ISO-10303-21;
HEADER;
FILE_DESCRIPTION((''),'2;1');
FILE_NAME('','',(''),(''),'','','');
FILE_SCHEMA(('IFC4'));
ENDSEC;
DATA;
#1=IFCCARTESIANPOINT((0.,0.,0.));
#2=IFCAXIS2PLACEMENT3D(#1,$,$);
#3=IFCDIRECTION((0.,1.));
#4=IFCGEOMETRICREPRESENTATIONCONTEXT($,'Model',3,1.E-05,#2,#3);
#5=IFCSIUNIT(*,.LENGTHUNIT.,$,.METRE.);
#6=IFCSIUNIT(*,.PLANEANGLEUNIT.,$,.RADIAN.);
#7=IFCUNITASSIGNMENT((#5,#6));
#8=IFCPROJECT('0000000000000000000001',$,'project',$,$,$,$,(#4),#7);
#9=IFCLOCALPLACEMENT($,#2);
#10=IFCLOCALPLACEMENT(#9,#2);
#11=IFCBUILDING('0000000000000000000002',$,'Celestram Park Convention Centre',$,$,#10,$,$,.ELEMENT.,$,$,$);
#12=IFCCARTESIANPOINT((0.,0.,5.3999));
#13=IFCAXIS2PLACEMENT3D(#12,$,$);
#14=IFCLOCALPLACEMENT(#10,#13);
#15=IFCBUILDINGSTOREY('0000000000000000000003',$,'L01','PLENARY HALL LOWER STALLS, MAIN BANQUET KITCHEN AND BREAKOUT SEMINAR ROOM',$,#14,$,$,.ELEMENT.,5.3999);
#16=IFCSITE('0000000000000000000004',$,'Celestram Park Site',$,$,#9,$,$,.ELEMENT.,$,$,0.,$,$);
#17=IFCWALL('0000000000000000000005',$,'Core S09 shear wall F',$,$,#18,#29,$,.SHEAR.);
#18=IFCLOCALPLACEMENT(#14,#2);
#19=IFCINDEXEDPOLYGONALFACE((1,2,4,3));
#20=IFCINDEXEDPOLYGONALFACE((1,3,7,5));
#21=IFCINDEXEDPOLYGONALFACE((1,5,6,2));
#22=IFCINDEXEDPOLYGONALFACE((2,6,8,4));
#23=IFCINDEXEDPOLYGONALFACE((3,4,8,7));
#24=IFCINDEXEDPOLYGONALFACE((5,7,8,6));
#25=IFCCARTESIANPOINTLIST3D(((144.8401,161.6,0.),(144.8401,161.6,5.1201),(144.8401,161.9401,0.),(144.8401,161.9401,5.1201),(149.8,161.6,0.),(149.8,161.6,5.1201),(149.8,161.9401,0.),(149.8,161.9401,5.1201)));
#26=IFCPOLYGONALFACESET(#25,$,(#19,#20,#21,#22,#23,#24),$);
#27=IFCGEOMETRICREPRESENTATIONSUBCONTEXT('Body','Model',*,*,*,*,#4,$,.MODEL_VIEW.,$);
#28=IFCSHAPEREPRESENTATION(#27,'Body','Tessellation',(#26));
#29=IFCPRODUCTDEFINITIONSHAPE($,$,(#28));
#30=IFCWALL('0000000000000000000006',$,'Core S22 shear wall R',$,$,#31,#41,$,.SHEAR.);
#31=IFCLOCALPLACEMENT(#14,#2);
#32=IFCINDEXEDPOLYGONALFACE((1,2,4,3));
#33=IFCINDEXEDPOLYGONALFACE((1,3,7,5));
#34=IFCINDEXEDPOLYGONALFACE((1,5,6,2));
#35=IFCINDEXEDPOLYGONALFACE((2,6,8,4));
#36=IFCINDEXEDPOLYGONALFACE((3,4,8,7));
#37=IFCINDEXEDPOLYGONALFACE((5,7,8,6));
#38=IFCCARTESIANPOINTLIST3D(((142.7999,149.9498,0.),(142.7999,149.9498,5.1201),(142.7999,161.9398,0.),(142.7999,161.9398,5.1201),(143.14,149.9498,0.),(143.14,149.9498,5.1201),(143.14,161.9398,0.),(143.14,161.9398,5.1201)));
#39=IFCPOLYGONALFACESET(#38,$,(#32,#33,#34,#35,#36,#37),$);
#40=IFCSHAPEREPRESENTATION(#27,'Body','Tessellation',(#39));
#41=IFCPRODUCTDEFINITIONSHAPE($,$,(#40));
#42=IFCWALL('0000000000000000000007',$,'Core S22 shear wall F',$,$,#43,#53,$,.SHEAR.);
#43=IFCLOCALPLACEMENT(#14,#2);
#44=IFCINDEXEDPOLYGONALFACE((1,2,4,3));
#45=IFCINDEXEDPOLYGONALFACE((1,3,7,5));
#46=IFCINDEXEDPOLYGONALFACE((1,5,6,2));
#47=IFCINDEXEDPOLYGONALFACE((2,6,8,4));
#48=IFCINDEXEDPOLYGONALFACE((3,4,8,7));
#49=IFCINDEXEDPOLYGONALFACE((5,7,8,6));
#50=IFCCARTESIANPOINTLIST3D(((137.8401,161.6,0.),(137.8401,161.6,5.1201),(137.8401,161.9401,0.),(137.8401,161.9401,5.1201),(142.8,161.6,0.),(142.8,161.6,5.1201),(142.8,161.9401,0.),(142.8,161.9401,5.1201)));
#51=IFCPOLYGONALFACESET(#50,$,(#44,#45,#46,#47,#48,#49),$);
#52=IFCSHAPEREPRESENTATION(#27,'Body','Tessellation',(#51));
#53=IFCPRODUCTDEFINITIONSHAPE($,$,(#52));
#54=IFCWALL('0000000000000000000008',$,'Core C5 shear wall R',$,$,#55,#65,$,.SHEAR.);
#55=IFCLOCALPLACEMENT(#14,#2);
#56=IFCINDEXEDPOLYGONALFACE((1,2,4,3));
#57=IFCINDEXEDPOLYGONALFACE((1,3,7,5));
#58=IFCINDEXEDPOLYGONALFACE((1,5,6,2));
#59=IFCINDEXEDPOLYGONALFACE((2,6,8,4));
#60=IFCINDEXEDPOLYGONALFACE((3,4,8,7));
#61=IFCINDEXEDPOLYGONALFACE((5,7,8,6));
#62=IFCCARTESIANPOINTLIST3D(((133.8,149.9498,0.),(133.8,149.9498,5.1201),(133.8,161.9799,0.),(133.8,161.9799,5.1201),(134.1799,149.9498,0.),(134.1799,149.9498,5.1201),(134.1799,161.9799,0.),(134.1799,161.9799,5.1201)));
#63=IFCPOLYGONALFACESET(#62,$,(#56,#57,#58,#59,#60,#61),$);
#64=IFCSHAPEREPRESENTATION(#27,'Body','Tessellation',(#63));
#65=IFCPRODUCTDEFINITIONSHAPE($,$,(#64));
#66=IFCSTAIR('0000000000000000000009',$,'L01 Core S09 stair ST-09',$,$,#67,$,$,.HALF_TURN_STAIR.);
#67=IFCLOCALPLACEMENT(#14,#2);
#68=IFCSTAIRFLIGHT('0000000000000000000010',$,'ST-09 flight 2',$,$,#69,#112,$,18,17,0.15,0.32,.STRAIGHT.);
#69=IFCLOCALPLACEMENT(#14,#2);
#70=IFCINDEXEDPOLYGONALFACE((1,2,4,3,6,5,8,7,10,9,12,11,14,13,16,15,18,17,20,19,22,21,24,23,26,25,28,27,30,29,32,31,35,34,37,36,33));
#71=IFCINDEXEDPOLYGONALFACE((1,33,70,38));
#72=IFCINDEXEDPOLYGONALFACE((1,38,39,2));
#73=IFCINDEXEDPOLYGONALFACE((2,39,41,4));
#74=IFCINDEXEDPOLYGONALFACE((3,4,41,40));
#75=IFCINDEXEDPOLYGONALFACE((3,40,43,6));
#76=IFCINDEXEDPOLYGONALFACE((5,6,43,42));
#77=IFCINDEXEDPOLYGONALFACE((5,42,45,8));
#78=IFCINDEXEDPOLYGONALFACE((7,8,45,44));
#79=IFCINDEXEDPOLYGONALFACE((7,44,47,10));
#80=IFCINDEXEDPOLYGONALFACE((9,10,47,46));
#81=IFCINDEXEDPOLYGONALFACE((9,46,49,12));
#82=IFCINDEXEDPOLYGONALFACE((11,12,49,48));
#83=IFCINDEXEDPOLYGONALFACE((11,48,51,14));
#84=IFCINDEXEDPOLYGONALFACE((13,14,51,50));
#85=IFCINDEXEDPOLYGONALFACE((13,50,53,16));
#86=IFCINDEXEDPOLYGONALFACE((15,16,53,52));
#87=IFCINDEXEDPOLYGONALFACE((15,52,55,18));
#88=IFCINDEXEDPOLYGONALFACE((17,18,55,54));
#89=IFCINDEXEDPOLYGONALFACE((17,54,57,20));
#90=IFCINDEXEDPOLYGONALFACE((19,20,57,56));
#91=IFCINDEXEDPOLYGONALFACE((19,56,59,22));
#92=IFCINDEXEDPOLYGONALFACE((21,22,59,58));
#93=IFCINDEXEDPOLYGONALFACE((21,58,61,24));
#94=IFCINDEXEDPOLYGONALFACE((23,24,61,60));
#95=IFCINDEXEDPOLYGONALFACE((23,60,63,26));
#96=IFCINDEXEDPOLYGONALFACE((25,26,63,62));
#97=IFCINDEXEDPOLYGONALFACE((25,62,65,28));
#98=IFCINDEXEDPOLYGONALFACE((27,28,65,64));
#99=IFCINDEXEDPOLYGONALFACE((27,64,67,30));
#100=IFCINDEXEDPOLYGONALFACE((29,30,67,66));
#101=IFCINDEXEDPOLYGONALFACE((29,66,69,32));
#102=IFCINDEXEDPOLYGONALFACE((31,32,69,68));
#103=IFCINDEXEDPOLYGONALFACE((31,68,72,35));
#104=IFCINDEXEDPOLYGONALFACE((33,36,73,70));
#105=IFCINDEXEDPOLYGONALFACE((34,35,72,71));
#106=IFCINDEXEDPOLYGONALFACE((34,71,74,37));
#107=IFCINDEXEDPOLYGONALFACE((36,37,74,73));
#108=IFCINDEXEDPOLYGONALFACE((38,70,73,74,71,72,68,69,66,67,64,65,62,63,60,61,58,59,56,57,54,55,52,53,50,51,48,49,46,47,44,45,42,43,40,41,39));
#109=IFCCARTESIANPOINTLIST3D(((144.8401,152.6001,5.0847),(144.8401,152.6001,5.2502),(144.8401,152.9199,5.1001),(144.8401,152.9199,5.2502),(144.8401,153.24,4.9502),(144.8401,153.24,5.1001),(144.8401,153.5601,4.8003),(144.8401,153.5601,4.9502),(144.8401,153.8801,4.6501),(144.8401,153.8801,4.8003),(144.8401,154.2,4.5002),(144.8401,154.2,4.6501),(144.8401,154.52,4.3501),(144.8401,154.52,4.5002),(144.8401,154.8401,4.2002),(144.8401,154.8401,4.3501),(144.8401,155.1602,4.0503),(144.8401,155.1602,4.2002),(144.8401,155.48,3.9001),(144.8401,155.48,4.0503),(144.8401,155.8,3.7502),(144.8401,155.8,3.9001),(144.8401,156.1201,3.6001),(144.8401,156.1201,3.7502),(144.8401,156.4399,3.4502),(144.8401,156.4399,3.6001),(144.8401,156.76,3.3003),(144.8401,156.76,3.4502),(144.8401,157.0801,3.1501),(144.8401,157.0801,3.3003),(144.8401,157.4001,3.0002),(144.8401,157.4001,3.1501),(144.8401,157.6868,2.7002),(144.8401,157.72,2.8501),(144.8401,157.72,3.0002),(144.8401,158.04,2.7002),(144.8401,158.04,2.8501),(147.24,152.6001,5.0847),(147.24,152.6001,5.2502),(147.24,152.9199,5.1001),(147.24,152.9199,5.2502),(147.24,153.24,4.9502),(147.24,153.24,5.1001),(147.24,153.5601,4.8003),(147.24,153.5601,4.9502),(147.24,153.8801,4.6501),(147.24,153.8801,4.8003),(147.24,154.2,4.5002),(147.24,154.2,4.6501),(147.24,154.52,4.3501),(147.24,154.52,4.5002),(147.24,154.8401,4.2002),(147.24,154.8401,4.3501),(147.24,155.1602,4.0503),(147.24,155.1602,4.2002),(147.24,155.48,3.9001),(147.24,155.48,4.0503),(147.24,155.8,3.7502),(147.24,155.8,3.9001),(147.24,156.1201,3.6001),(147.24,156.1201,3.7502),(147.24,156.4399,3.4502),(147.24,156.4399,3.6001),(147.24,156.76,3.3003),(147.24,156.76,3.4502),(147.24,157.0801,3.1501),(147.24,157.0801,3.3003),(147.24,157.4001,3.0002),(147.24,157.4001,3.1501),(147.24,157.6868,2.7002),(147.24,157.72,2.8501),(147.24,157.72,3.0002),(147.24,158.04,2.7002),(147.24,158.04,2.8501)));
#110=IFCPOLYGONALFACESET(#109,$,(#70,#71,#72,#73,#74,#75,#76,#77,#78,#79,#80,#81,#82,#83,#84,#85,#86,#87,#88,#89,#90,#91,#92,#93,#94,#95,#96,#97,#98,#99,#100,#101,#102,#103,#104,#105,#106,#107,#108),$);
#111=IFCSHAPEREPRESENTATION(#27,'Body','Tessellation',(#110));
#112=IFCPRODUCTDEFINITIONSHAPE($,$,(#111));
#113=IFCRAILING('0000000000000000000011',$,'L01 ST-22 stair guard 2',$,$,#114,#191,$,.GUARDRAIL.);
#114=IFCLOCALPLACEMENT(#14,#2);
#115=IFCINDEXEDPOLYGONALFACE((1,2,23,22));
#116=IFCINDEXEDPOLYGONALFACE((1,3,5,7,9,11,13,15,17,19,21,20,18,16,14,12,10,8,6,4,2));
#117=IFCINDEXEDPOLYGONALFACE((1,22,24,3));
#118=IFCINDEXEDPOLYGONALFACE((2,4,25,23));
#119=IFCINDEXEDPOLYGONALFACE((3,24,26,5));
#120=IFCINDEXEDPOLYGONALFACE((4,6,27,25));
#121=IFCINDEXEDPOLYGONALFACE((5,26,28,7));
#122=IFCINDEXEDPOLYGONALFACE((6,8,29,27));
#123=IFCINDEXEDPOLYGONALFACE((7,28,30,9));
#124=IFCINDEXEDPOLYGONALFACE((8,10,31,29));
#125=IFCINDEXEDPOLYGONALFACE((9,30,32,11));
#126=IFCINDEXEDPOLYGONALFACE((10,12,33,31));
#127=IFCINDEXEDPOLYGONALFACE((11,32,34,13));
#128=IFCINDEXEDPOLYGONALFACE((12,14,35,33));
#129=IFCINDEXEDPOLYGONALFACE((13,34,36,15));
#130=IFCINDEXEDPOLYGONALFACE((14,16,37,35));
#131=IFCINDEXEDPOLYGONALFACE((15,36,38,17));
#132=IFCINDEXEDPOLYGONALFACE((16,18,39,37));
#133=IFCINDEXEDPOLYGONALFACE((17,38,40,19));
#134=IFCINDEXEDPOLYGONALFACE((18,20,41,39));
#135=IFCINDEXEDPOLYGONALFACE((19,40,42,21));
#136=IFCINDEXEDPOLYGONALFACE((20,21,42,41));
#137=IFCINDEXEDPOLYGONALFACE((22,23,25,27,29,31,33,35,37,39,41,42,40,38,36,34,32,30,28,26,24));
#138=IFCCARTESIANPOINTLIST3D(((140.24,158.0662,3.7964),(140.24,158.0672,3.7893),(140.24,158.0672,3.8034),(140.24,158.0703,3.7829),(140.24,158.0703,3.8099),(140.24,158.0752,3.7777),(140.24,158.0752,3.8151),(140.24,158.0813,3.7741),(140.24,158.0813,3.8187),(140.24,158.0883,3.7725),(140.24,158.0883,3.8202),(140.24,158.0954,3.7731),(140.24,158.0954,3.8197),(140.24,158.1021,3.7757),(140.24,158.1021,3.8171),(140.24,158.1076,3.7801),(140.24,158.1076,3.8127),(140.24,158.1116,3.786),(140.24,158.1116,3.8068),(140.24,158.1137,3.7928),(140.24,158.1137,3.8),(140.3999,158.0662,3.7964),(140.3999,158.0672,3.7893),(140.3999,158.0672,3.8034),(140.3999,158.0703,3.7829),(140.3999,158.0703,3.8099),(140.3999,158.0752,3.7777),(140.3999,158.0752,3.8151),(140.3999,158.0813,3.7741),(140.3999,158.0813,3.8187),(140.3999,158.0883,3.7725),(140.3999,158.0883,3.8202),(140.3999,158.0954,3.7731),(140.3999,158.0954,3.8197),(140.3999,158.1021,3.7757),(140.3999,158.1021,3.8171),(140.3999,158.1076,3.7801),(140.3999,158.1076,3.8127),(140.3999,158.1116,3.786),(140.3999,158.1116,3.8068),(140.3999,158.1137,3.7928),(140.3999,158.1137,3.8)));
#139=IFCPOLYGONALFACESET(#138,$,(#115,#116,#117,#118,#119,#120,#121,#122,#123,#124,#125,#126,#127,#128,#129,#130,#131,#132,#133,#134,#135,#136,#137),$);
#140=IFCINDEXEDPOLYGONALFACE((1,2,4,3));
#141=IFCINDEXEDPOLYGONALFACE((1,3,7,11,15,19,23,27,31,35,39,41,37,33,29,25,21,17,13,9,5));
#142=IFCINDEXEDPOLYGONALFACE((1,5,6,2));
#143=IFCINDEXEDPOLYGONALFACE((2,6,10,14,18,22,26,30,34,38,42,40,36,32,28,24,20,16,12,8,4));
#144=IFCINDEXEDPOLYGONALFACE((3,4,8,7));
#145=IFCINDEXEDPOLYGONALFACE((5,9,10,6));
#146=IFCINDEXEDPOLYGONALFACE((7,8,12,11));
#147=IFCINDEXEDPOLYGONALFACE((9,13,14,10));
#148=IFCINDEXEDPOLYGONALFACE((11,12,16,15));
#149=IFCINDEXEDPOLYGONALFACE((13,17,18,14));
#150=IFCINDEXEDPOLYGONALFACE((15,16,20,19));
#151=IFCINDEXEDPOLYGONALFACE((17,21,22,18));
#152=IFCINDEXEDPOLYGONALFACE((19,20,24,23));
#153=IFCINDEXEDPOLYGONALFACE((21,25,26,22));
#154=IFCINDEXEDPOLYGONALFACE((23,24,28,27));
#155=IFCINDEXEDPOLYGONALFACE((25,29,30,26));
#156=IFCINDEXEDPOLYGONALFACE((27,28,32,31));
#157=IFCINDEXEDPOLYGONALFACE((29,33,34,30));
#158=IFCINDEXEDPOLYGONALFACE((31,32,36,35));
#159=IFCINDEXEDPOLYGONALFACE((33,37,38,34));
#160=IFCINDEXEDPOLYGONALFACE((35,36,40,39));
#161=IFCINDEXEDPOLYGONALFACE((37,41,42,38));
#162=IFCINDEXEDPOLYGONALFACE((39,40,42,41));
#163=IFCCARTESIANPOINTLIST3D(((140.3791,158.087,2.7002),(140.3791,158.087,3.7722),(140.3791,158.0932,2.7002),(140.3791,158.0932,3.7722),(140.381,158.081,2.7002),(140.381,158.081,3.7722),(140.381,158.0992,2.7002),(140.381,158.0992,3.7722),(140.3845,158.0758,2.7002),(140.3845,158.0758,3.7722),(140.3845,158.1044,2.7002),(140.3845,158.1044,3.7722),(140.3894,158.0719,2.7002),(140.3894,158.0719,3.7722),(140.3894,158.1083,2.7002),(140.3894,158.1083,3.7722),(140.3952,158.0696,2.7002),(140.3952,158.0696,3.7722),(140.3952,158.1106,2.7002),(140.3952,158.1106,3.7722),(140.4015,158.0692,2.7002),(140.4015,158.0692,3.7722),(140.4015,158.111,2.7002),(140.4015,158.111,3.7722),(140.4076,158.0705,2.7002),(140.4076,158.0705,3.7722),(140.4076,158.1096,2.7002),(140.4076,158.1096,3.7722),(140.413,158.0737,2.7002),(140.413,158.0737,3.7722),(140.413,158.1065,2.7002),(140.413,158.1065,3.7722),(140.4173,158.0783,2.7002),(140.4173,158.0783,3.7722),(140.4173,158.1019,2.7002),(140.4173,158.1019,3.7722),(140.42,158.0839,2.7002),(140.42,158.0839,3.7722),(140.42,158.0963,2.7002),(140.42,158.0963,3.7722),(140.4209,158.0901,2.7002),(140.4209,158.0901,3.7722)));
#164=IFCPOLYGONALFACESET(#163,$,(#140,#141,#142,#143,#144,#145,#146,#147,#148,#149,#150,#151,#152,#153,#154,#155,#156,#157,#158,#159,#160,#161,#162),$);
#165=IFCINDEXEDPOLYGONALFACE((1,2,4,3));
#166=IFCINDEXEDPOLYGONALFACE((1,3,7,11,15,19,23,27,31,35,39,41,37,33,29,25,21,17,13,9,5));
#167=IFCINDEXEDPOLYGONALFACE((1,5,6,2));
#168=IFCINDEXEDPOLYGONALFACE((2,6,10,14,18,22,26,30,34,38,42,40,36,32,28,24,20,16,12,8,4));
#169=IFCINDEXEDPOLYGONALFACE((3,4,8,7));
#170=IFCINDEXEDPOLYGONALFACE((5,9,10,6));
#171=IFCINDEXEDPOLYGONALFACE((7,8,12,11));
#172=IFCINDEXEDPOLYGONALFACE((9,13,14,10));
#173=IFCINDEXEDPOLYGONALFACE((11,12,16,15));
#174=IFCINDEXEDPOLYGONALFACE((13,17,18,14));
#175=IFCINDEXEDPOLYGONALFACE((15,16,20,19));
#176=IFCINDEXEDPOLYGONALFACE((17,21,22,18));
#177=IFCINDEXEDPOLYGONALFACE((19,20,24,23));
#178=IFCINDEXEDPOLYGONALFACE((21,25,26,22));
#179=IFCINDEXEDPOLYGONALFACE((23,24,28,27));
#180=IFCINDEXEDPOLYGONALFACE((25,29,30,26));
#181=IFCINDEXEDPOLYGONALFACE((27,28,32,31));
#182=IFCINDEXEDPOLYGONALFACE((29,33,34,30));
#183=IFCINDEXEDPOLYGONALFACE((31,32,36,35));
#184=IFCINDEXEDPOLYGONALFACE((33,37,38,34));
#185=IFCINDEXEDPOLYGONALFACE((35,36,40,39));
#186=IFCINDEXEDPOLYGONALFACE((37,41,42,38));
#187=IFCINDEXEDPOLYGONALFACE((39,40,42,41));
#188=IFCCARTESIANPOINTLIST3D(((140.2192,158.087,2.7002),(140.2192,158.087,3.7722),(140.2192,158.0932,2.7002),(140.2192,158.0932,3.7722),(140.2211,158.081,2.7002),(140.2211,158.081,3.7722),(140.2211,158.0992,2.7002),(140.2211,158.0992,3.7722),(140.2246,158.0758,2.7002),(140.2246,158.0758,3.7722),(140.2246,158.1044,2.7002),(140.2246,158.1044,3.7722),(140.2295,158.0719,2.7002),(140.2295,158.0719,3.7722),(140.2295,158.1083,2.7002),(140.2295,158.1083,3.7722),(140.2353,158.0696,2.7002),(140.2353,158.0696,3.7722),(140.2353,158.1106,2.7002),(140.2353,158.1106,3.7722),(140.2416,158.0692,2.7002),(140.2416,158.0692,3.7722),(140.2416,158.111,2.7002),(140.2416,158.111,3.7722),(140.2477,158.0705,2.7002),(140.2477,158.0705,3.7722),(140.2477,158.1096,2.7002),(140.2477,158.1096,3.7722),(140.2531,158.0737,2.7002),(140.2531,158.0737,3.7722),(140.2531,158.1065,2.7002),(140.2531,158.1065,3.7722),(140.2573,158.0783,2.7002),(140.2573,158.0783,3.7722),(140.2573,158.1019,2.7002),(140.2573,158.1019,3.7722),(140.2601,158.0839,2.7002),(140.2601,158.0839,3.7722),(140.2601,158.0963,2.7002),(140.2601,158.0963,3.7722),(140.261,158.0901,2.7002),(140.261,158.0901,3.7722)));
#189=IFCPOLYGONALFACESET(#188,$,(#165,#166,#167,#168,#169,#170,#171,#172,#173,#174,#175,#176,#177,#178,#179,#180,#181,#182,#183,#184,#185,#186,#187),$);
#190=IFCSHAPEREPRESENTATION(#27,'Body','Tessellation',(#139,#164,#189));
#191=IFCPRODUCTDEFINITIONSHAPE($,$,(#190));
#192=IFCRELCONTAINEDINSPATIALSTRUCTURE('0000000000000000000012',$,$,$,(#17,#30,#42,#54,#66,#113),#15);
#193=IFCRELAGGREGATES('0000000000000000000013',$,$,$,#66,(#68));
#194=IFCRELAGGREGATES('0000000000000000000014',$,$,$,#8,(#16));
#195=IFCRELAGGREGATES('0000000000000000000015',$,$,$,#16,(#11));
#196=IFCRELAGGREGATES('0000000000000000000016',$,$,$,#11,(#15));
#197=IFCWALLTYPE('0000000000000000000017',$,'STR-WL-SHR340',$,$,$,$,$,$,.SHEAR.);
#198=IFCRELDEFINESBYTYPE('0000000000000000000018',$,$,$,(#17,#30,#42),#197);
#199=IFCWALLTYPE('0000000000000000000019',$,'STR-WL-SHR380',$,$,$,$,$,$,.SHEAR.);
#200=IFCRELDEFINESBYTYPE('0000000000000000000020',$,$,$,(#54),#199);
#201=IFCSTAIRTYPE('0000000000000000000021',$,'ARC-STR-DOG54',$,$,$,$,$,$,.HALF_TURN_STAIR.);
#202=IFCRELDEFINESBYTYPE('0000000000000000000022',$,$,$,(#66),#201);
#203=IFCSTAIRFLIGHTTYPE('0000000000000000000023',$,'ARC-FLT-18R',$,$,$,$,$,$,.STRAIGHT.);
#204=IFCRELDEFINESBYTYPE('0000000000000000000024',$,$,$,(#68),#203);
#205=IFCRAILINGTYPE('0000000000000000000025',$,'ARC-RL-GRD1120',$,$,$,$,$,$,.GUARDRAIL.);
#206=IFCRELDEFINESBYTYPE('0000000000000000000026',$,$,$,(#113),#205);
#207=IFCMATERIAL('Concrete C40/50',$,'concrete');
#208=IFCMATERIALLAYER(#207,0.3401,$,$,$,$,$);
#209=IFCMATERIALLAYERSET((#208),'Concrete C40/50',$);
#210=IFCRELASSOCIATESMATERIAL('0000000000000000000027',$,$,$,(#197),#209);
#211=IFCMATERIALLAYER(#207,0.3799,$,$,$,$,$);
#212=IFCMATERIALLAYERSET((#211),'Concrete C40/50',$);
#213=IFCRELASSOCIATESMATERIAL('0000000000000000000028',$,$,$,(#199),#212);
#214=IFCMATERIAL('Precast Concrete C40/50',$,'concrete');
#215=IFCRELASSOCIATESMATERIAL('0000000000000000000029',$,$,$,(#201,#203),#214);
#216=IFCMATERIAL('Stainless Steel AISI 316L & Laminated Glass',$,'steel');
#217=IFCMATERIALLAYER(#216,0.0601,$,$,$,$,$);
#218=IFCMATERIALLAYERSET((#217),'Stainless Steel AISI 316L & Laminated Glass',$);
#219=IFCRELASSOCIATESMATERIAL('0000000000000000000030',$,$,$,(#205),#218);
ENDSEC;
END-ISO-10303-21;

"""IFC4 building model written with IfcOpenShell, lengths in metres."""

from ifc_helpers import new_model, si_unit, direction, frame, frame_2d, origin, origin_2d, place, context, subcontext, project, spatial, polyline, rectangle, circle, outline, extrude, material, layer, layer_set, type_object, element, aggregate, save


model = new_model("IFC4")

# Units and contexts
model_context = context("Model", 3, precision=1e-05, world=origin(), true_north=direction((0.0, 1.0)))
body_context = subcontext(model_context, "Body", "Model", "MODEL_VIEW")
ifc_project = project(units=[si_unit("LENGTHUNIT", "METRE"), si_unit("PLANEANGLEUNIT", "RADIAN")], contexts=[model_context])

# Site, building, storey
site_placement = place(None, origin())
site = spatial("IfcSite", under=ifc_project, at=site_placement, Name="Celestram Park Site", CompositionType="ELEMENT", RefElevation=0.0)
building_placement = place(site_placement, origin())
building = spatial("IfcBuilding", under=site, at=building_placement, Name="Celestram Park Convention Centre", CompositionType="ELEMENT")
storey_placement = place(building_placement, frame((0.0, 0.0, 5.3999)))
storey = spatial("IfcBuildingStorey", under=building, at=storey_placement, Name="L01", Description="PLENARY HALL LOWER STALLS, MAIN BANQUET KITCHEN AND BREAKOUT SEMINAR ROOM", CompositionType="ELEMENT", Elevation=5.3999)

# Shared definitions
ifc_material_1 = material(Name="Concrete C40/50", Category="concrete")

# Walls
ifc_layer_1 = layer(ifc_material_1, 0.3401)
ifc_layer_set_1 = layer_set([ifc_layer_1], Name="Concrete C40/50")
wall_type_1 = type_object("IfcWallType", Name="STR-WL-SHR340", PredefinedType="SHEAR", material=ifc_layer_set_1)
wall_1_placement = place(storey_placement, frame((144.8401, 161.77, 0.0), z_axis=(0.0, 0.0, 1.0), x_axis=(1.0, 0.0, 0.0)))
element("IfcWall", 1, at=wall_1_placement, inside=storey, type_object=wall_type_1, Name="Core S09 shear wall F", PredefinedType="SHEAR", context=body_context, shape_type="SweptSolid", body=[
    extrude(rectangle(XDim=4.96, YDim=0.3401, at=frame_2d((2.48, 0.0))), origin(), (0.0, 0.0, 1.0), 5.1201),
])
wall_2_placement = place(storey_placement, frame((142.97, 161.9399, 0.0), z_axis=(0.0, 0.0, 1.0), x_axis=(0.0, -1.0, 0.0)))
element("IfcWall", 2, at=wall_2_placement, inside=storey, type_object=wall_type_1, Name="Core S22 shear wall R", PredefinedType="SHEAR", context=body_context, shape_type="SweptSolid", body=[
    extrude(rectangle(XDim=11.99, YDim=0.3401, at=frame_2d((5.9951, 0.0))), origin(), (0.0, 0.0, 1.0), 5.1201),
])
wall_3_placement = place(storey_placement, frame((137.8401, 161.77, 0.0), z_axis=(0.0, 0.0, 1.0), x_axis=(1.0, 0.0, 0.0)))
element("IfcWall", 3, at=wall_3_placement, inside=storey, type_object=wall_type_1, Name="Core S22 shear wall F", PredefinedType="SHEAR", context=body_context, shape_type="SweptSolid", body=[
    extrude(rectangle(XDim=4.96, YDim=0.3401, at=frame_2d((2.48, 0.0))), origin(), (0.0, 0.0, 1.0), 5.1201),
])
ifc_layer_2 = layer(ifc_material_1, 0.3799)
ifc_layer_set_2 = layer_set([ifc_layer_2], Name="Concrete C40/50")
wall_type_2 = type_object("IfcWallType", Name="STR-WL-SHR380", PredefinedType="SHEAR", material=ifc_layer_set_2)
wall_4_placement = place(storey_placement, frame((133.99, 161.98, 0.0), z_axis=(0.0, 0.0, 1.0), x_axis=(0.0, -1.0, 0.0)))
element("IfcWall", 4, at=wall_4_placement, inside=storey, type_object=wall_type_2, Name="Core C5 shear wall R", PredefinedType="SHEAR", context=body_context, shape_type="SweptSolid", body=[
    extrude(rectangle(XDim=12.03, YDim=0.3799, at=frame_2d((6.0151, 0.0))), origin(), (0.0, 0.0, 1.0), 5.1201),
])

# Stair, stair flight
ifc_material_2 = material(Name="Precast Concrete C40/50", Category="concrete")
stair_type = type_object("IfcStairType", Name="ARC-STR-DOG54", PredefinedType="HALF_TURN_STAIR", material=ifc_material_2)
stair_placement = place(storey_placement, origin())
stair = element("IfcStair", 5, at=stair_placement, inside=storey, type_object=stair_type, Name="L01 Core S09 stair ST-09", PredefinedType="HALF_TURN_STAIR")
stair_flight_type = type_object("IfcStairFlightType", Name="ARC-FLT-18R", PredefinedType="STRAIGHT", material=ifc_material_2)
stair_flight_placement = place(storey_placement, frame((146.04, 158.04, 2.7002), z_axis=(0.0, 0.0, 1.0), x_axis=(0.0, -1.0, 0.0)))
stair_flight = element("IfcStairFlight", 6, at=stair_flight_placement, type_object=stair_flight_type, Name="ST-09 flight 2", NumberOfRisers=18, NumberOfTreads=17, PredefinedType="STRAIGHT", RiserHeight=0.15, TreadLength=0.32, context=body_context, shape_type="SweptSolid", body=[
    extrude(outline(polyline([(0.0, 0.0), (0.0, 0.1499), (0.3201, 0.1499), (0.3201, 0.3), (0.6399, 0.3), (0.6399, 0.45), (0.96, 0.45), (0.96, 0.6001), (1.28, 0.6001), (1.28, 0.75), (1.6001, 0.75), (1.6001, 0.8999), (1.9199, 0.8999), (1.9199, 1.05), (2.24, 1.05), (2.24, 1.2), (2.5601, 1.2), (2.5601, 1.3501), (2.8799, 1.3501), (2.8799, 1.5), (3.2, 1.5), (3.2, 1.6499), (3.52, 1.6499), (3.52, 1.8), (3.8401, 1.8), (3.8401, 1.95), (4.1599, 1.95), (4.1599, 2.1001), (4.48, 2.1001), (4.48, 2.25), (4.8, 2.25), (4.8, 2.3999), (5.1201, 2.3999), (5.1201, 2.55), (5.4399, 2.55), (5.4399, 2.7), (5.4399, 2.3845), (0.3533, 0.0), (0.0, 0.0)])), frame((0.0, 1.2, 0.0), z_axis=(0.0, -1.0, 0.0), x_axis=(1.0, 0.0, 0.0)), (0.0, 0.0, 1.0), 2.3999),
])
aggregate(stair, [stair_flight])

# Railing
ifc_material_3 = material(Name="Stainless Steel AISI 316L & Laminated Glass", Category="steel")
ifc_layer_3 = layer(ifc_material_3, 0.0601)
ifc_layer_set_3 = layer_set([ifc_layer_3], Name="Stainless Steel AISI 316L & Laminated Glass")
railing_type_1 = type_object("IfcRailingType", Name="ARC-RL-GRD1120", PredefinedType="GUARDRAIL", material=ifc_layer_set_3)
railing_1_placement = place(storey_placement, frame((140.3999, 158.0901, 2.7002)))
element("IfcRailing", 7, at=railing_1_placement, inside=storey, type_object=railing_type_1, Name="L01 ST-22 stair guard 2", PredefinedType="GUARDRAIL", context=body_context, shape_type="SweptSolid", body=[
    extrude(circle(Radius=0.0239, at=origin_2d()), frame((0.0, 0.0, 1.0962), z_axis=(-1.0, 0.0, 0.0), x_axis=(0.0, -1.0, 0.0)), (0.0, 0.0, 1.0), 0.1599),
    extrude(circle(Radius=0.021, at=origin_2d()), origin(), (0.0, 0.0, 1.0), 1.072),
    extrude(circle(Radius=0.021, at=origin_2d()), frame((-0.1599, 0.0, 0.0)), (0.0, 0.0, 1.0), 1.072),
])

save(model, "model.ifc")
